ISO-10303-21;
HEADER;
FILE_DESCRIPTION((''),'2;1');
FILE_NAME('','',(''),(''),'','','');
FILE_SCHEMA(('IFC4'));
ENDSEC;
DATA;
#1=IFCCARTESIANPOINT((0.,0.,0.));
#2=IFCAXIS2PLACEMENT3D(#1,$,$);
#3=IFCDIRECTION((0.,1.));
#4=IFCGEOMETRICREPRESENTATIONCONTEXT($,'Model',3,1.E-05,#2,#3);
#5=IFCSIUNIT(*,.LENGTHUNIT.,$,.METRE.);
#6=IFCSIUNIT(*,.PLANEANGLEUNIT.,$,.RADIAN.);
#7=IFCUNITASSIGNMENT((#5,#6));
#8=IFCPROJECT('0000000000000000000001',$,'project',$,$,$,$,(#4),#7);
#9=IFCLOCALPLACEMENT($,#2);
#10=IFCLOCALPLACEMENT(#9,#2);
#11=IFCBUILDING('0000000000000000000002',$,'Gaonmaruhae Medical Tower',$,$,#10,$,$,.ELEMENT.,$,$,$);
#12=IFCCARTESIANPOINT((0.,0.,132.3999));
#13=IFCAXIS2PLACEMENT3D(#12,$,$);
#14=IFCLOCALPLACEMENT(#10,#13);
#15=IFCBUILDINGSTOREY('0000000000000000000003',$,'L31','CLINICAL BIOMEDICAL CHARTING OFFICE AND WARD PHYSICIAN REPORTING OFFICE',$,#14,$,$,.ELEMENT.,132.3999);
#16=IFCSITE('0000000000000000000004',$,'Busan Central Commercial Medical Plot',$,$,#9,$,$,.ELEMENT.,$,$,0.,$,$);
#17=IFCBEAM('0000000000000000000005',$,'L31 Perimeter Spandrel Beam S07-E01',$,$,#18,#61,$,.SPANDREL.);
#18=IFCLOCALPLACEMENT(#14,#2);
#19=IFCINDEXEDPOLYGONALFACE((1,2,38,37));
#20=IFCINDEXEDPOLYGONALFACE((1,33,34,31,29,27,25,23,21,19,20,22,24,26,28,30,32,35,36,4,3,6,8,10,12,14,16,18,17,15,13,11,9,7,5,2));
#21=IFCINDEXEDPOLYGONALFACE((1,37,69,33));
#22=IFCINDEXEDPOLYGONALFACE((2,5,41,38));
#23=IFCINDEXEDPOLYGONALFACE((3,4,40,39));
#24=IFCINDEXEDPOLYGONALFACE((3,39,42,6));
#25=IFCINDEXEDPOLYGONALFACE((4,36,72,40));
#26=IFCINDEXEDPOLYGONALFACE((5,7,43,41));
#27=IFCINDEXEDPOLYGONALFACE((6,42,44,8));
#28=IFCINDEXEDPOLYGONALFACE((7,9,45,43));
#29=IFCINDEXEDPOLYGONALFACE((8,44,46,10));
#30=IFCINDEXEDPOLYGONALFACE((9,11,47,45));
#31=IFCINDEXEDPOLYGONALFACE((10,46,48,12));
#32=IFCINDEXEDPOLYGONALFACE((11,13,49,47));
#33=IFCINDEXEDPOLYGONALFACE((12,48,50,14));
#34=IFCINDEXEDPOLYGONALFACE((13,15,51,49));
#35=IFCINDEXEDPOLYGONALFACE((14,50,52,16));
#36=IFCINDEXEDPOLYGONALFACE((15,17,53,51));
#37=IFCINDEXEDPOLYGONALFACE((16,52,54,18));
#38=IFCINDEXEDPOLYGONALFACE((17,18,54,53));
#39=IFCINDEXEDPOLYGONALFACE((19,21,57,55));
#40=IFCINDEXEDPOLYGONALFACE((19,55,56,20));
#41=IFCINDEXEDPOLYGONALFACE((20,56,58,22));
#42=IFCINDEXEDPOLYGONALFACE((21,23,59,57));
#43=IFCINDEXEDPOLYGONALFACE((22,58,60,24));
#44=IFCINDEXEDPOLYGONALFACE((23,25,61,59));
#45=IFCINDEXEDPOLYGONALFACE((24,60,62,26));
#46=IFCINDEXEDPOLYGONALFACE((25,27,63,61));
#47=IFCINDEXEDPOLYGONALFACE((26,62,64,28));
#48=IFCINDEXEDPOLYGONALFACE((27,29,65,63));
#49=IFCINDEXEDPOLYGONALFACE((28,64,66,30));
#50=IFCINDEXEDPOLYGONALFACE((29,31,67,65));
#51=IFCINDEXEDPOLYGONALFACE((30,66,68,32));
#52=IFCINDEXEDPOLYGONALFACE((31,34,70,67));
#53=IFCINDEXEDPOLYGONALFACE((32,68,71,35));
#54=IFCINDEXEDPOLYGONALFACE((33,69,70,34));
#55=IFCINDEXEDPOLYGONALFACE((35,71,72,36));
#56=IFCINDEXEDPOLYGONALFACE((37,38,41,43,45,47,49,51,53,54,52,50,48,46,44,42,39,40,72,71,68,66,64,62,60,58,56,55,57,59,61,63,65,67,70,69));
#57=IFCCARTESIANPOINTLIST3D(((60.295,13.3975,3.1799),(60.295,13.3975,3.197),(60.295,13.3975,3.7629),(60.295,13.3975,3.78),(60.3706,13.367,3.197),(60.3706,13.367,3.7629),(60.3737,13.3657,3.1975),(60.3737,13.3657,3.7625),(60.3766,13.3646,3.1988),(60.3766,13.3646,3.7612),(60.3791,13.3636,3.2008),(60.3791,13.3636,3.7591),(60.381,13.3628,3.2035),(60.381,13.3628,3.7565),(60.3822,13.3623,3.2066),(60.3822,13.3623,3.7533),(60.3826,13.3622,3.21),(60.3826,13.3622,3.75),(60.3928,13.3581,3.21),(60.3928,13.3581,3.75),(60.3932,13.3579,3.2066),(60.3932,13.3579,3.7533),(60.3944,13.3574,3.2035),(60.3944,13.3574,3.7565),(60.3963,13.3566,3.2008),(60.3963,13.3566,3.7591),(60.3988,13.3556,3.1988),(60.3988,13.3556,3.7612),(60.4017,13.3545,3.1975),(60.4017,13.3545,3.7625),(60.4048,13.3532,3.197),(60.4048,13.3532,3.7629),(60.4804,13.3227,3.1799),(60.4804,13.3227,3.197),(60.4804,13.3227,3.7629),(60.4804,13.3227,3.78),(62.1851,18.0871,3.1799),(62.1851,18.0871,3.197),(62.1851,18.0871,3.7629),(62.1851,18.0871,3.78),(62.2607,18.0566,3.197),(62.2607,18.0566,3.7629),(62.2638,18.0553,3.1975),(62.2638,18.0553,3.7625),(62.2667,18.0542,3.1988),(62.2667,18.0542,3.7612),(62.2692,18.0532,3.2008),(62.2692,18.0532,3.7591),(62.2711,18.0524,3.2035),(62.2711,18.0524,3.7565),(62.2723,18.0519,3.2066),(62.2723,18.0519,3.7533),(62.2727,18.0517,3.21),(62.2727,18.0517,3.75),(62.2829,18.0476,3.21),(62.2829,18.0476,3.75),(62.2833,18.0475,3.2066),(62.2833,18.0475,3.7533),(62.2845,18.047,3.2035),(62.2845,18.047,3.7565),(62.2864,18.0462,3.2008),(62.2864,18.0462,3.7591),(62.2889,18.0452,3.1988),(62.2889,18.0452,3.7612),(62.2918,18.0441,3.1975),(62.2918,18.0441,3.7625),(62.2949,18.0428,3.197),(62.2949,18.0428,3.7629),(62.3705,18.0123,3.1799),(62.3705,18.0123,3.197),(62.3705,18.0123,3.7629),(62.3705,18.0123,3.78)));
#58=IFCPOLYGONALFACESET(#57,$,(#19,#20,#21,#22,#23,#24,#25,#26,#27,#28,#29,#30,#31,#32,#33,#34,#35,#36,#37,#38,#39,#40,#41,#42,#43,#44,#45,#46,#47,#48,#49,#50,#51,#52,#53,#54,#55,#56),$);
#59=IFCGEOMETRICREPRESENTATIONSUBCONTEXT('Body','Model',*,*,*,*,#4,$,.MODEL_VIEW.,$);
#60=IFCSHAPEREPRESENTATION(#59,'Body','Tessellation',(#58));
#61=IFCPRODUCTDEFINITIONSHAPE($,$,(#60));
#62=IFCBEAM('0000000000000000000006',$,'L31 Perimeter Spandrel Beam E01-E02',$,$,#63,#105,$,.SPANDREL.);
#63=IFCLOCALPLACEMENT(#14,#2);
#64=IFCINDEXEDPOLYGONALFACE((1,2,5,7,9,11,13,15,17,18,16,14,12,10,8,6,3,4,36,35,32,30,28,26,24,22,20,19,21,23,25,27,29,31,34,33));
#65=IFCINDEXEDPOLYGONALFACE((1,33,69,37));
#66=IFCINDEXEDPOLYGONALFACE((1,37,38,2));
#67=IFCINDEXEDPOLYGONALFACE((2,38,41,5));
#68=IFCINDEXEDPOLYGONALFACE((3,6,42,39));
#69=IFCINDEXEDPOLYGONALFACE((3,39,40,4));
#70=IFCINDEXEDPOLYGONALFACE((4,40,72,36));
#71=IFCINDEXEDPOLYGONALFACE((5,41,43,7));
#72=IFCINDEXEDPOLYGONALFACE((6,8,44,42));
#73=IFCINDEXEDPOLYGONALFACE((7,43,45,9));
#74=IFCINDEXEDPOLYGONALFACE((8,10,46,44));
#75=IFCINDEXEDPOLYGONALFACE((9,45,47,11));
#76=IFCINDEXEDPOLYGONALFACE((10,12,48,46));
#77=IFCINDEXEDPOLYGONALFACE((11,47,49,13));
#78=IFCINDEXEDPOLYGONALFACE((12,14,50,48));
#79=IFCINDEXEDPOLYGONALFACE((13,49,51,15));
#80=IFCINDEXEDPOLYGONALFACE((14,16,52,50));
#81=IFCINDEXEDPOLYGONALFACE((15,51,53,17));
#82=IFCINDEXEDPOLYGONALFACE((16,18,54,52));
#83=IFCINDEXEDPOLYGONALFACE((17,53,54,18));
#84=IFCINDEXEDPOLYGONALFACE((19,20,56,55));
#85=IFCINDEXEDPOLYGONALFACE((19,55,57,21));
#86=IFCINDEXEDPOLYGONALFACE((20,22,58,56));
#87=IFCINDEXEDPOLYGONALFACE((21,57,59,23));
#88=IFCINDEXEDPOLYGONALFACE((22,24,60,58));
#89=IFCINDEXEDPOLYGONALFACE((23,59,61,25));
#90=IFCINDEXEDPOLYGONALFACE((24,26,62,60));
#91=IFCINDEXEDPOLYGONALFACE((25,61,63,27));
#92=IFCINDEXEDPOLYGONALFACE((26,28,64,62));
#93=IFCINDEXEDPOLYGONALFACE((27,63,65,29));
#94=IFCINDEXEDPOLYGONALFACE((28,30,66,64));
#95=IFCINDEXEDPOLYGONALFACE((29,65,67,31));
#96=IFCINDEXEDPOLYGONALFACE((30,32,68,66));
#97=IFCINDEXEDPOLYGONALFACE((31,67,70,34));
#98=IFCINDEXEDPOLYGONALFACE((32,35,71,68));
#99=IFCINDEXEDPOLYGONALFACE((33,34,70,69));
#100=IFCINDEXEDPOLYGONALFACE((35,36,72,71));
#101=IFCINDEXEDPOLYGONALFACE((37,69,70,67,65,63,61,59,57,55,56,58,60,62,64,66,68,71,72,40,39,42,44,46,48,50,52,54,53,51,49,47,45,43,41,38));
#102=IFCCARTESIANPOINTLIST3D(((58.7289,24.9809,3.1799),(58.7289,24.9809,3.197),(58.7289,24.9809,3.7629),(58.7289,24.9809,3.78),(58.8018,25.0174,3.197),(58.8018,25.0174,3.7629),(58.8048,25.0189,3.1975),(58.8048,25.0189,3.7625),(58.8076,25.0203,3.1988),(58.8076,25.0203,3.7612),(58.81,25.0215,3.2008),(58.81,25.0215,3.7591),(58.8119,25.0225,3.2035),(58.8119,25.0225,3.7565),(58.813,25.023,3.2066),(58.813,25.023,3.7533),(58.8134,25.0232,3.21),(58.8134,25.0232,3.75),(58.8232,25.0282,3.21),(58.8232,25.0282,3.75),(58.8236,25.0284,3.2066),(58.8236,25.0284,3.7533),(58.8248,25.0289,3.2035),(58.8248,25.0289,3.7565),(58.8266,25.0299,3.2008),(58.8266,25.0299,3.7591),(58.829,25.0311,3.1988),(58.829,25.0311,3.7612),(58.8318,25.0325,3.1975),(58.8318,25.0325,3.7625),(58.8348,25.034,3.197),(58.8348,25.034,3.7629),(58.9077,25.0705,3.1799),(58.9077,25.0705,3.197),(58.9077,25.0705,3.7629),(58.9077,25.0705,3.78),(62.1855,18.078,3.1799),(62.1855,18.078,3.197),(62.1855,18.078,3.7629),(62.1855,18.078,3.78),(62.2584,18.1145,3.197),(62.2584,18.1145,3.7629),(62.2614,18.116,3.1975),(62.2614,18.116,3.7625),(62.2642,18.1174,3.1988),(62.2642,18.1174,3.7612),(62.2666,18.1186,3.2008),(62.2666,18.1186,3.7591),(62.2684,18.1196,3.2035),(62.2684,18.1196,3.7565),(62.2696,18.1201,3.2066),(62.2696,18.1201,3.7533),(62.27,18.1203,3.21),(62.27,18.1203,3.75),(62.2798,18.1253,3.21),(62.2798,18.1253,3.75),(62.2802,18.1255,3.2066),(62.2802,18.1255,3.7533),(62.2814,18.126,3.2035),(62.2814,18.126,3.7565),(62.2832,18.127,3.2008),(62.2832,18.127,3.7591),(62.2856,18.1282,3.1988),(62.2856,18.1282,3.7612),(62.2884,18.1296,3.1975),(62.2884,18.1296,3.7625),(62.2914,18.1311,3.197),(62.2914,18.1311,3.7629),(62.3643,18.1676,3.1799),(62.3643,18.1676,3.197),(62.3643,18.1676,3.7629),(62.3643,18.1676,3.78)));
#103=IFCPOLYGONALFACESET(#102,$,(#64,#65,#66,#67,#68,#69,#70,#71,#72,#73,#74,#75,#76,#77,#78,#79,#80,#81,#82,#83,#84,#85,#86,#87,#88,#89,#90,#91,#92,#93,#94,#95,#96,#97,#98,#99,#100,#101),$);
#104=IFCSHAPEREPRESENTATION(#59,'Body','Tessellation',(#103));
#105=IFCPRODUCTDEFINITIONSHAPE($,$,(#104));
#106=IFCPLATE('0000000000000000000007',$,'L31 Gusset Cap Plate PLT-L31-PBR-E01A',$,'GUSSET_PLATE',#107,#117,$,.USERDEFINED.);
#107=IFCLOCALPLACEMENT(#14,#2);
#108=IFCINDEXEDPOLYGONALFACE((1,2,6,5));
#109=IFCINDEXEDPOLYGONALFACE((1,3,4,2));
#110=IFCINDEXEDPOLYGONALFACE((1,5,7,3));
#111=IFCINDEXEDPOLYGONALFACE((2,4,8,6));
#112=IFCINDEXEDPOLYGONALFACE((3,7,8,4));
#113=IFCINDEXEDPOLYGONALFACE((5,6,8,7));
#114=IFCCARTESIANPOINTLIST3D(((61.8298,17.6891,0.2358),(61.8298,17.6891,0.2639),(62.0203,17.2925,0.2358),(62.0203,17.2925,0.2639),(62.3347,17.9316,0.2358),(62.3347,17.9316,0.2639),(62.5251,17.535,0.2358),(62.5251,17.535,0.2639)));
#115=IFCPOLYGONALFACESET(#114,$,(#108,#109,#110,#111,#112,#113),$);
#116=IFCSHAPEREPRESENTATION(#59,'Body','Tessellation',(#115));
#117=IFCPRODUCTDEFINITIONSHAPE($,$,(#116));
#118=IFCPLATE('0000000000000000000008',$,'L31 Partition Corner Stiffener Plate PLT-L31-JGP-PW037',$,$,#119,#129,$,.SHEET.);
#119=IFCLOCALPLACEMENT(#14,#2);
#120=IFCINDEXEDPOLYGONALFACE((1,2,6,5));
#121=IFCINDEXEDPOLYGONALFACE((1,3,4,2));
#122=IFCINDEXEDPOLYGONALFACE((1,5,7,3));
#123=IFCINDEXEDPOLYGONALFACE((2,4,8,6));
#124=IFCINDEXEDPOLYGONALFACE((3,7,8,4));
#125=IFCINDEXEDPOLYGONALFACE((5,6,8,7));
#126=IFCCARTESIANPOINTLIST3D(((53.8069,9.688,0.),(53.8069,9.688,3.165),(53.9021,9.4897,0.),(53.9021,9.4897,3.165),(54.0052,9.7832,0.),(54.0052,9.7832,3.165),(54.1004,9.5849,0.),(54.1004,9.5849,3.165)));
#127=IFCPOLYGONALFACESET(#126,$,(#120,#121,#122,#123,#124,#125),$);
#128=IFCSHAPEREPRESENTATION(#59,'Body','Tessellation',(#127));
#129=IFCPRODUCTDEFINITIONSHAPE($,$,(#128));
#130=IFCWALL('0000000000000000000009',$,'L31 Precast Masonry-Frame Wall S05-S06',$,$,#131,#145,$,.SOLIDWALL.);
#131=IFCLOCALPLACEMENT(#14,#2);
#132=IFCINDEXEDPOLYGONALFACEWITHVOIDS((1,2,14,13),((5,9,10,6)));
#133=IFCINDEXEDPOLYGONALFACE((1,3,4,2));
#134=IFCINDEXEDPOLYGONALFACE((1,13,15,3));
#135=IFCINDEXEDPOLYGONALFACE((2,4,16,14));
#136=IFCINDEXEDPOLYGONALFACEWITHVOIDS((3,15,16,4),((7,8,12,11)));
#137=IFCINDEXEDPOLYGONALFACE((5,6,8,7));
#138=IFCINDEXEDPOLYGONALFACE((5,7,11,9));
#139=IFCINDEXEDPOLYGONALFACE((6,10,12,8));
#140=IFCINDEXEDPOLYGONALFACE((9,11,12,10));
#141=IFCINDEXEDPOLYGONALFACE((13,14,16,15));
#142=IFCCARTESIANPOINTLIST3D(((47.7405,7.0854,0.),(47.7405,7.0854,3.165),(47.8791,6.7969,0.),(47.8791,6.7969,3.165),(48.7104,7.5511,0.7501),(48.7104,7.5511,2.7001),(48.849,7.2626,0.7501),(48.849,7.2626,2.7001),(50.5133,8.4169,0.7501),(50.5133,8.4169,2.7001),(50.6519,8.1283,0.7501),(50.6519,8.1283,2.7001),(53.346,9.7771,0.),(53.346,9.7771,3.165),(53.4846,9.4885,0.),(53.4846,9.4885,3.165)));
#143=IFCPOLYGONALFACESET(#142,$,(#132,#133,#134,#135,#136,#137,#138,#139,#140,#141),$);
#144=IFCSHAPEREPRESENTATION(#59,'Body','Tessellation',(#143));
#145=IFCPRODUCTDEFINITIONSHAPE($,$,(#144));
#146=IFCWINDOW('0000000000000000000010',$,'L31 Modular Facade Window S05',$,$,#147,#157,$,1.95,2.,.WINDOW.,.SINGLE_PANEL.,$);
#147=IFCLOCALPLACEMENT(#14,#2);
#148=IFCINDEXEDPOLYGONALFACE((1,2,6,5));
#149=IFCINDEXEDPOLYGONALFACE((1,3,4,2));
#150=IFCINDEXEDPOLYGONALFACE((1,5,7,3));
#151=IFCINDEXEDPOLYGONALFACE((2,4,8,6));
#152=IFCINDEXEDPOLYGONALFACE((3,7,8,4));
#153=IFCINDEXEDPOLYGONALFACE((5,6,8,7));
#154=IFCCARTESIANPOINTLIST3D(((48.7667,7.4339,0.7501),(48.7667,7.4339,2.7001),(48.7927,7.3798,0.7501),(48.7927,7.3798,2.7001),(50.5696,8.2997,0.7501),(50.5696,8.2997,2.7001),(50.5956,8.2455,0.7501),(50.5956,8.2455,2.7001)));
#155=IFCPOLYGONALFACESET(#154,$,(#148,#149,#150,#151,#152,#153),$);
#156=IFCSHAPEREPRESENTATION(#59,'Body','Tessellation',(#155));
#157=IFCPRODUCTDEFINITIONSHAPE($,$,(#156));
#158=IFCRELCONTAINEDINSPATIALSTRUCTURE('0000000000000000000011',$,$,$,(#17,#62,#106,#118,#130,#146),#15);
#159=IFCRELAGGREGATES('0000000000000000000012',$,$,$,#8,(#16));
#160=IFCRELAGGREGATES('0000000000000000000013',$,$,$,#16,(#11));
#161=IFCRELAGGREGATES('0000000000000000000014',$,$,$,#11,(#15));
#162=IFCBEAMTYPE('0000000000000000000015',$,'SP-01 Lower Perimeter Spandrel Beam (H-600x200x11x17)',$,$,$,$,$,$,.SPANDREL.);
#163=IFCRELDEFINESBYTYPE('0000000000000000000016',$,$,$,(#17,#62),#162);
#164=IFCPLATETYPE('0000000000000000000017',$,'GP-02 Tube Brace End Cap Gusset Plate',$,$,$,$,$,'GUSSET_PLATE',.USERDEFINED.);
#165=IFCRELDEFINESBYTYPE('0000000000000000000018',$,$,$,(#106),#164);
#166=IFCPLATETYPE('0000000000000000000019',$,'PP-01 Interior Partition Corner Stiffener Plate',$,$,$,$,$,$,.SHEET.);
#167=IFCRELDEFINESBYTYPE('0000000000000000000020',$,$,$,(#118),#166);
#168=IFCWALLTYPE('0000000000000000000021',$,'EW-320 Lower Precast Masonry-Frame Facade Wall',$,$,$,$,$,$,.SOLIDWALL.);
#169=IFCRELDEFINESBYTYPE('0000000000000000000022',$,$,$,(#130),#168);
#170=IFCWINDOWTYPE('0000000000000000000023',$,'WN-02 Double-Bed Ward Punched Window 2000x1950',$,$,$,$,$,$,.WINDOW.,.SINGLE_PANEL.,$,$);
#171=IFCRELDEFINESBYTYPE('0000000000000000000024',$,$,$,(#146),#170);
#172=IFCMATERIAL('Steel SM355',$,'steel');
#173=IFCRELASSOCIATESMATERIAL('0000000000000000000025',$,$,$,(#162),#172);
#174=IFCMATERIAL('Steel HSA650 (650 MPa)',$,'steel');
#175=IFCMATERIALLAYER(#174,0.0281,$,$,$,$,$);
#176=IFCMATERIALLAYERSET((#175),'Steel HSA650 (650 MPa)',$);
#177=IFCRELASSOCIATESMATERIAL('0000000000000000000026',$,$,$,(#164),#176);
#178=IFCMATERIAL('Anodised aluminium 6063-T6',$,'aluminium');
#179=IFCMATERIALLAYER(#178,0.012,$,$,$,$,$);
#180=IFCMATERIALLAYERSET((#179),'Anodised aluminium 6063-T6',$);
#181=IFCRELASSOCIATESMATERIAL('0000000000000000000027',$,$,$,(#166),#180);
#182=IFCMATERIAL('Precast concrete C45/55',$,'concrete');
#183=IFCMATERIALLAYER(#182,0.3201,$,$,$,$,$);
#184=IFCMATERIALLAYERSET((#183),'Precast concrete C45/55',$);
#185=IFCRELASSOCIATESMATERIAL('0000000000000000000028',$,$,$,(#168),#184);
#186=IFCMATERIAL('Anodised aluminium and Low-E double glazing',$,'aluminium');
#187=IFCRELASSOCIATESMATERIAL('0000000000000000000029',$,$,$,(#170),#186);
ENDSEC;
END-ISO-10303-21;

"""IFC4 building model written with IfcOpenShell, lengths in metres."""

from ifc_helpers import new_model, si_unit, direction, frame, frame_2d, origin, origin_2d, place, context, subcontext, project, spatial, rectangle, i_section, extrude, material, layer, layer_set, material_profile, profile_set, type_object, element, fill, save


model = new_model("IFC4")

# Units and contexts
model_context = context("Model", 3, precision=1e-05, world=origin(), true_north=direction((0.0, 1.0)))
body_context = subcontext(model_context, "Body", "Model", "MODEL_VIEW")
ifc_project = project(units=[si_unit("LENGTHUNIT", "METRE"), si_unit("PLANEANGLEUNIT", "RADIAN")], contexts=[model_context])

# Site, building, storey
site_placement = place(None, origin())
site = spatial("IfcSite", under=ifc_project, at=site_placement, Name="Busan Central Commercial Medical Plot", CompositionType="ELEMENT", RefElevation=0.0)
building_placement = place(site_placement, origin())
building = spatial("IfcBuilding", under=site, at=building_placement, Name="Gaonmaruhae Medical Tower", CompositionType="ELEMENT")
storey_placement = place(building_placement, frame((0.0, 0.0, 132.3999)))
storey = spatial("IfcBuildingStorey", under=building, at=storey_placement, Name="L31", Description="CLINICAL BIOMEDICAL CHARTING OFFICE AND WARD PHYSICIAN REPORTING OFFICE", CompositionType="ELEMENT", Elevation=132.3999)

# Beams
ifc_material_1 = material(Name="Steel SM355", Category="steel")
ifc_material_profile_1 = material_profile(ifc_material_1, i_section(OverallWidth=0.2, OverallDepth=0.6001, WebThickness=0.011, FlangeThickness=0.0171, FilletRadius=0.0129, at=origin_2d()), Name="H-600x200x11x17")
ifc_profile_set_1 = profile_set([ifc_material_profile_1], Name="Steel SM355")
beam_type = type_object("IfcBeamType", Name="SP-01 Lower Perimeter Spandrel Beam (H-600x200x11x17)", PredefinedType="SPANDREL", material=ifc_profile_set_1)
beam_1_placement = place(storey_placement, frame((60.3877, 13.3601, 3.48), z_axis=(0.37382, 0.927501, 0.0), x_axis=(-0.927501, 0.37382, 0.0)))
element("IfcBeam", 1, at=beam_1_placement, inside=storey, type_object=beam_type, Name="L31 Perimeter Spandrel Beam S07-E01", PredefinedType="SPANDREL", context=body_context, shape_type="SweptSolid", body=[
    extrude(i_section(OverallWidth=0.2, OverallDepth=0.6001, WebThickness=0.011, FlangeThickness=0.0171, FilletRadius=0.0129, at=origin_2d()), origin(), (0.0, 0.0, 1.0), 5.0562),
])
beam_2_placement = place(storey_placement, frame((62.2749, 18.1228, 3.48), z_axis=(-0.447745, 0.894161, 0.0), x_axis=(-0.894161, -0.447745, 0.0)))
element("IfcBeam", 2, at=beam_2_placement, inside=storey, type_object=beam_type, Name="L31 Perimeter Spandrel Beam E01-E02", PredefinedType="SPANDREL", context=body_context, shape_type="SweptSolid", body=[
    extrude(i_section(OverallWidth=0.2, OverallDepth=0.6001, WebThickness=0.011, FlangeThickness=0.0171, FilletRadius=0.0129, at=origin_2d()), origin(), (0.0, 0.0, 1.0), 7.72),
])

# Plates
ifc_material_2 = material(Name="Steel HSA650 (650 MPa)", Category="steel")
ifc_layer_1 = layer(ifc_material_2, 0.0281)
ifc_layer_set_1 = layer_set([ifc_layer_1], Name="Steel HSA650 (650 MPa)")
plate_type_1 = type_object("IfcPlateType", Name="GP-02 Tube Brace End Cap Gusset Plate", ElementType="GUSSET_PLATE", PredefinedType="USERDEFINED", material=ifc_layer_set_1)
plate_1_placement = place(storey_placement, frame((62.1775, 17.6121, 0.2358), z_axis=(0.0, 0.0, 1.0), x_axis=(0.901455, 0.432873, 0.0)))
element("IfcPlate", 3, at=plate_1_placement, inside=storey, type_object=plate_type_1, Name="L31 Gusset Cap Plate PLT-L31-PBR-E01A", ObjectType="GUSSET_PLATE", PredefinedType="USERDEFINED", context=body_context, shape_type="SweptSolid", body=[
    extrude(rectangle(XDim=0.5601, YDim=0.4399, at=origin_2d()), origin(), (0.0, 0.0, 1.0), 0.0281),
])
ifc_material_3 = material(Name="Anodised aluminium 6063-T6", Category="aluminium")
ifc_layer_2 = layer(ifc_material_3, 0.012)
ifc_layer_set_2 = layer_set([ifc_layer_2], Name="Anodised aluminium 6063-T6")
plate_type_2 = type_object("IfcPlateType", Name="PP-01 Interior Partition Corner Stiffener Plate", PredefinedType="SHEET", material=ifc_layer_set_2)
plate_2_placement = place(storey_placement, frame((53.9536, 9.6365, 0.0), z_axis=(0.0, 0.0, 1.0), x_axis=(-0.901508, -0.432762, 0.0)))
element("IfcPlate", 4, at=plate_2_placement, inside=storey, type_object=plate_type_2, Name="L31 Partition Corner Stiffener Plate PLT-L31-JGP-PW037", PredefinedType="SHEET", context=body_context, shape_type="SweptSolid", body=[
    extrude(rectangle(XDim=0.22, YDim=0.22, at=origin_2d()), origin(), (0.0, 0.0, 1.0), 3.165),
])

# Wall, opening, window
ifc_material_4 = material(Name="Precast concrete C45/55", Category="concrete")
ifc_layer_3 = layer(ifc_material_4, 0.3201)
ifc_layer_set_3 = layer_set([ifc_layer_3], Name="Precast concrete C45/55")
wall_type_1 = type_object("IfcWallType", Name="EW-320 Lower Precast Masonry-Frame Facade Wall", PredefinedType="SOLIDWALL", material=ifc_layer_set_3)
wall_1_placement = place(storey_placement, frame((53.4153, 9.6328, 0.0), z_axis=(0.0, 0.0, 1.0), x_axis=(-0.901459, -0.432865, 0.0)))
wall_1 = element("IfcWall", 5, at=wall_1_placement, inside=storey, type_object=wall_type_1, Name="L31 Precast Masonry-Frame Wall S05-S06", PredefinedType="SOLIDWALL", context=body_context, shape_type="SweptSolid", body=[
    extrude(rectangle(XDim=6.2183, YDim=0.3201, at=frame_2d((3.1091, 0.0))), origin(), (0.0, 0.0, 1.0), 3.165),
])
opening_1_placement = place(wall_1_placement, frame((3.1423, 0.0, 0.75)))
opening_1 = element("IfcOpeningElement", 6, at=opening_1_placement, cuts=wall_1, PredefinedType="OPENING", context=body_context, shape_type="SweptSolid", body=[
    extrude(rectangle(XDim=2.0, YDim=1.95, at=frame_2d((1.0, 0.9751))), frame((0.0, 0.1699, 0.0), z_axis=(0.0, -1.0, 0.0), x_axis=(1.0, 0.0, 0.0)), (0.0, 0.0, 1.0), 0.3401),
])
ifc_material_5 = material(Name="Anodised aluminium and Low-E double glazing", Category="aluminium")
window_type_1 = type_object("IfcWindowType", Name="WN-02 Double-Bed Ward Punched Window 2000x1950", PartitioningType="SINGLE_PANEL", PredefinedType="WINDOW", material=ifc_material_5)
window_1_placement = place(opening_1_placement, origin())
window_1 = element("IfcWindow", 7, at=window_1_placement, inside=storey, type_object=window_type_1, Name="L31 Modular Facade Window S05", OverallHeight=1.95, OverallWidth=2.0, PartitioningType="SINGLE_PANEL", PredefinedType="WINDOW", context=body_context, shape_type="SweptSolid", body=[
    extrude(rectangle(XDim=2.0, YDim=1.95, at=frame_2d((1.0, 0.9751))), frame((0.0, 0.03, 0.0), z_axis=(0.0, -1.0, 0.0), x_axis=(1.0, 0.0, 0.0)), (0.0, 0.0, 1.0), 0.0601),
])
fill(opening_1, window_1)

save(model, "model.ifc")
